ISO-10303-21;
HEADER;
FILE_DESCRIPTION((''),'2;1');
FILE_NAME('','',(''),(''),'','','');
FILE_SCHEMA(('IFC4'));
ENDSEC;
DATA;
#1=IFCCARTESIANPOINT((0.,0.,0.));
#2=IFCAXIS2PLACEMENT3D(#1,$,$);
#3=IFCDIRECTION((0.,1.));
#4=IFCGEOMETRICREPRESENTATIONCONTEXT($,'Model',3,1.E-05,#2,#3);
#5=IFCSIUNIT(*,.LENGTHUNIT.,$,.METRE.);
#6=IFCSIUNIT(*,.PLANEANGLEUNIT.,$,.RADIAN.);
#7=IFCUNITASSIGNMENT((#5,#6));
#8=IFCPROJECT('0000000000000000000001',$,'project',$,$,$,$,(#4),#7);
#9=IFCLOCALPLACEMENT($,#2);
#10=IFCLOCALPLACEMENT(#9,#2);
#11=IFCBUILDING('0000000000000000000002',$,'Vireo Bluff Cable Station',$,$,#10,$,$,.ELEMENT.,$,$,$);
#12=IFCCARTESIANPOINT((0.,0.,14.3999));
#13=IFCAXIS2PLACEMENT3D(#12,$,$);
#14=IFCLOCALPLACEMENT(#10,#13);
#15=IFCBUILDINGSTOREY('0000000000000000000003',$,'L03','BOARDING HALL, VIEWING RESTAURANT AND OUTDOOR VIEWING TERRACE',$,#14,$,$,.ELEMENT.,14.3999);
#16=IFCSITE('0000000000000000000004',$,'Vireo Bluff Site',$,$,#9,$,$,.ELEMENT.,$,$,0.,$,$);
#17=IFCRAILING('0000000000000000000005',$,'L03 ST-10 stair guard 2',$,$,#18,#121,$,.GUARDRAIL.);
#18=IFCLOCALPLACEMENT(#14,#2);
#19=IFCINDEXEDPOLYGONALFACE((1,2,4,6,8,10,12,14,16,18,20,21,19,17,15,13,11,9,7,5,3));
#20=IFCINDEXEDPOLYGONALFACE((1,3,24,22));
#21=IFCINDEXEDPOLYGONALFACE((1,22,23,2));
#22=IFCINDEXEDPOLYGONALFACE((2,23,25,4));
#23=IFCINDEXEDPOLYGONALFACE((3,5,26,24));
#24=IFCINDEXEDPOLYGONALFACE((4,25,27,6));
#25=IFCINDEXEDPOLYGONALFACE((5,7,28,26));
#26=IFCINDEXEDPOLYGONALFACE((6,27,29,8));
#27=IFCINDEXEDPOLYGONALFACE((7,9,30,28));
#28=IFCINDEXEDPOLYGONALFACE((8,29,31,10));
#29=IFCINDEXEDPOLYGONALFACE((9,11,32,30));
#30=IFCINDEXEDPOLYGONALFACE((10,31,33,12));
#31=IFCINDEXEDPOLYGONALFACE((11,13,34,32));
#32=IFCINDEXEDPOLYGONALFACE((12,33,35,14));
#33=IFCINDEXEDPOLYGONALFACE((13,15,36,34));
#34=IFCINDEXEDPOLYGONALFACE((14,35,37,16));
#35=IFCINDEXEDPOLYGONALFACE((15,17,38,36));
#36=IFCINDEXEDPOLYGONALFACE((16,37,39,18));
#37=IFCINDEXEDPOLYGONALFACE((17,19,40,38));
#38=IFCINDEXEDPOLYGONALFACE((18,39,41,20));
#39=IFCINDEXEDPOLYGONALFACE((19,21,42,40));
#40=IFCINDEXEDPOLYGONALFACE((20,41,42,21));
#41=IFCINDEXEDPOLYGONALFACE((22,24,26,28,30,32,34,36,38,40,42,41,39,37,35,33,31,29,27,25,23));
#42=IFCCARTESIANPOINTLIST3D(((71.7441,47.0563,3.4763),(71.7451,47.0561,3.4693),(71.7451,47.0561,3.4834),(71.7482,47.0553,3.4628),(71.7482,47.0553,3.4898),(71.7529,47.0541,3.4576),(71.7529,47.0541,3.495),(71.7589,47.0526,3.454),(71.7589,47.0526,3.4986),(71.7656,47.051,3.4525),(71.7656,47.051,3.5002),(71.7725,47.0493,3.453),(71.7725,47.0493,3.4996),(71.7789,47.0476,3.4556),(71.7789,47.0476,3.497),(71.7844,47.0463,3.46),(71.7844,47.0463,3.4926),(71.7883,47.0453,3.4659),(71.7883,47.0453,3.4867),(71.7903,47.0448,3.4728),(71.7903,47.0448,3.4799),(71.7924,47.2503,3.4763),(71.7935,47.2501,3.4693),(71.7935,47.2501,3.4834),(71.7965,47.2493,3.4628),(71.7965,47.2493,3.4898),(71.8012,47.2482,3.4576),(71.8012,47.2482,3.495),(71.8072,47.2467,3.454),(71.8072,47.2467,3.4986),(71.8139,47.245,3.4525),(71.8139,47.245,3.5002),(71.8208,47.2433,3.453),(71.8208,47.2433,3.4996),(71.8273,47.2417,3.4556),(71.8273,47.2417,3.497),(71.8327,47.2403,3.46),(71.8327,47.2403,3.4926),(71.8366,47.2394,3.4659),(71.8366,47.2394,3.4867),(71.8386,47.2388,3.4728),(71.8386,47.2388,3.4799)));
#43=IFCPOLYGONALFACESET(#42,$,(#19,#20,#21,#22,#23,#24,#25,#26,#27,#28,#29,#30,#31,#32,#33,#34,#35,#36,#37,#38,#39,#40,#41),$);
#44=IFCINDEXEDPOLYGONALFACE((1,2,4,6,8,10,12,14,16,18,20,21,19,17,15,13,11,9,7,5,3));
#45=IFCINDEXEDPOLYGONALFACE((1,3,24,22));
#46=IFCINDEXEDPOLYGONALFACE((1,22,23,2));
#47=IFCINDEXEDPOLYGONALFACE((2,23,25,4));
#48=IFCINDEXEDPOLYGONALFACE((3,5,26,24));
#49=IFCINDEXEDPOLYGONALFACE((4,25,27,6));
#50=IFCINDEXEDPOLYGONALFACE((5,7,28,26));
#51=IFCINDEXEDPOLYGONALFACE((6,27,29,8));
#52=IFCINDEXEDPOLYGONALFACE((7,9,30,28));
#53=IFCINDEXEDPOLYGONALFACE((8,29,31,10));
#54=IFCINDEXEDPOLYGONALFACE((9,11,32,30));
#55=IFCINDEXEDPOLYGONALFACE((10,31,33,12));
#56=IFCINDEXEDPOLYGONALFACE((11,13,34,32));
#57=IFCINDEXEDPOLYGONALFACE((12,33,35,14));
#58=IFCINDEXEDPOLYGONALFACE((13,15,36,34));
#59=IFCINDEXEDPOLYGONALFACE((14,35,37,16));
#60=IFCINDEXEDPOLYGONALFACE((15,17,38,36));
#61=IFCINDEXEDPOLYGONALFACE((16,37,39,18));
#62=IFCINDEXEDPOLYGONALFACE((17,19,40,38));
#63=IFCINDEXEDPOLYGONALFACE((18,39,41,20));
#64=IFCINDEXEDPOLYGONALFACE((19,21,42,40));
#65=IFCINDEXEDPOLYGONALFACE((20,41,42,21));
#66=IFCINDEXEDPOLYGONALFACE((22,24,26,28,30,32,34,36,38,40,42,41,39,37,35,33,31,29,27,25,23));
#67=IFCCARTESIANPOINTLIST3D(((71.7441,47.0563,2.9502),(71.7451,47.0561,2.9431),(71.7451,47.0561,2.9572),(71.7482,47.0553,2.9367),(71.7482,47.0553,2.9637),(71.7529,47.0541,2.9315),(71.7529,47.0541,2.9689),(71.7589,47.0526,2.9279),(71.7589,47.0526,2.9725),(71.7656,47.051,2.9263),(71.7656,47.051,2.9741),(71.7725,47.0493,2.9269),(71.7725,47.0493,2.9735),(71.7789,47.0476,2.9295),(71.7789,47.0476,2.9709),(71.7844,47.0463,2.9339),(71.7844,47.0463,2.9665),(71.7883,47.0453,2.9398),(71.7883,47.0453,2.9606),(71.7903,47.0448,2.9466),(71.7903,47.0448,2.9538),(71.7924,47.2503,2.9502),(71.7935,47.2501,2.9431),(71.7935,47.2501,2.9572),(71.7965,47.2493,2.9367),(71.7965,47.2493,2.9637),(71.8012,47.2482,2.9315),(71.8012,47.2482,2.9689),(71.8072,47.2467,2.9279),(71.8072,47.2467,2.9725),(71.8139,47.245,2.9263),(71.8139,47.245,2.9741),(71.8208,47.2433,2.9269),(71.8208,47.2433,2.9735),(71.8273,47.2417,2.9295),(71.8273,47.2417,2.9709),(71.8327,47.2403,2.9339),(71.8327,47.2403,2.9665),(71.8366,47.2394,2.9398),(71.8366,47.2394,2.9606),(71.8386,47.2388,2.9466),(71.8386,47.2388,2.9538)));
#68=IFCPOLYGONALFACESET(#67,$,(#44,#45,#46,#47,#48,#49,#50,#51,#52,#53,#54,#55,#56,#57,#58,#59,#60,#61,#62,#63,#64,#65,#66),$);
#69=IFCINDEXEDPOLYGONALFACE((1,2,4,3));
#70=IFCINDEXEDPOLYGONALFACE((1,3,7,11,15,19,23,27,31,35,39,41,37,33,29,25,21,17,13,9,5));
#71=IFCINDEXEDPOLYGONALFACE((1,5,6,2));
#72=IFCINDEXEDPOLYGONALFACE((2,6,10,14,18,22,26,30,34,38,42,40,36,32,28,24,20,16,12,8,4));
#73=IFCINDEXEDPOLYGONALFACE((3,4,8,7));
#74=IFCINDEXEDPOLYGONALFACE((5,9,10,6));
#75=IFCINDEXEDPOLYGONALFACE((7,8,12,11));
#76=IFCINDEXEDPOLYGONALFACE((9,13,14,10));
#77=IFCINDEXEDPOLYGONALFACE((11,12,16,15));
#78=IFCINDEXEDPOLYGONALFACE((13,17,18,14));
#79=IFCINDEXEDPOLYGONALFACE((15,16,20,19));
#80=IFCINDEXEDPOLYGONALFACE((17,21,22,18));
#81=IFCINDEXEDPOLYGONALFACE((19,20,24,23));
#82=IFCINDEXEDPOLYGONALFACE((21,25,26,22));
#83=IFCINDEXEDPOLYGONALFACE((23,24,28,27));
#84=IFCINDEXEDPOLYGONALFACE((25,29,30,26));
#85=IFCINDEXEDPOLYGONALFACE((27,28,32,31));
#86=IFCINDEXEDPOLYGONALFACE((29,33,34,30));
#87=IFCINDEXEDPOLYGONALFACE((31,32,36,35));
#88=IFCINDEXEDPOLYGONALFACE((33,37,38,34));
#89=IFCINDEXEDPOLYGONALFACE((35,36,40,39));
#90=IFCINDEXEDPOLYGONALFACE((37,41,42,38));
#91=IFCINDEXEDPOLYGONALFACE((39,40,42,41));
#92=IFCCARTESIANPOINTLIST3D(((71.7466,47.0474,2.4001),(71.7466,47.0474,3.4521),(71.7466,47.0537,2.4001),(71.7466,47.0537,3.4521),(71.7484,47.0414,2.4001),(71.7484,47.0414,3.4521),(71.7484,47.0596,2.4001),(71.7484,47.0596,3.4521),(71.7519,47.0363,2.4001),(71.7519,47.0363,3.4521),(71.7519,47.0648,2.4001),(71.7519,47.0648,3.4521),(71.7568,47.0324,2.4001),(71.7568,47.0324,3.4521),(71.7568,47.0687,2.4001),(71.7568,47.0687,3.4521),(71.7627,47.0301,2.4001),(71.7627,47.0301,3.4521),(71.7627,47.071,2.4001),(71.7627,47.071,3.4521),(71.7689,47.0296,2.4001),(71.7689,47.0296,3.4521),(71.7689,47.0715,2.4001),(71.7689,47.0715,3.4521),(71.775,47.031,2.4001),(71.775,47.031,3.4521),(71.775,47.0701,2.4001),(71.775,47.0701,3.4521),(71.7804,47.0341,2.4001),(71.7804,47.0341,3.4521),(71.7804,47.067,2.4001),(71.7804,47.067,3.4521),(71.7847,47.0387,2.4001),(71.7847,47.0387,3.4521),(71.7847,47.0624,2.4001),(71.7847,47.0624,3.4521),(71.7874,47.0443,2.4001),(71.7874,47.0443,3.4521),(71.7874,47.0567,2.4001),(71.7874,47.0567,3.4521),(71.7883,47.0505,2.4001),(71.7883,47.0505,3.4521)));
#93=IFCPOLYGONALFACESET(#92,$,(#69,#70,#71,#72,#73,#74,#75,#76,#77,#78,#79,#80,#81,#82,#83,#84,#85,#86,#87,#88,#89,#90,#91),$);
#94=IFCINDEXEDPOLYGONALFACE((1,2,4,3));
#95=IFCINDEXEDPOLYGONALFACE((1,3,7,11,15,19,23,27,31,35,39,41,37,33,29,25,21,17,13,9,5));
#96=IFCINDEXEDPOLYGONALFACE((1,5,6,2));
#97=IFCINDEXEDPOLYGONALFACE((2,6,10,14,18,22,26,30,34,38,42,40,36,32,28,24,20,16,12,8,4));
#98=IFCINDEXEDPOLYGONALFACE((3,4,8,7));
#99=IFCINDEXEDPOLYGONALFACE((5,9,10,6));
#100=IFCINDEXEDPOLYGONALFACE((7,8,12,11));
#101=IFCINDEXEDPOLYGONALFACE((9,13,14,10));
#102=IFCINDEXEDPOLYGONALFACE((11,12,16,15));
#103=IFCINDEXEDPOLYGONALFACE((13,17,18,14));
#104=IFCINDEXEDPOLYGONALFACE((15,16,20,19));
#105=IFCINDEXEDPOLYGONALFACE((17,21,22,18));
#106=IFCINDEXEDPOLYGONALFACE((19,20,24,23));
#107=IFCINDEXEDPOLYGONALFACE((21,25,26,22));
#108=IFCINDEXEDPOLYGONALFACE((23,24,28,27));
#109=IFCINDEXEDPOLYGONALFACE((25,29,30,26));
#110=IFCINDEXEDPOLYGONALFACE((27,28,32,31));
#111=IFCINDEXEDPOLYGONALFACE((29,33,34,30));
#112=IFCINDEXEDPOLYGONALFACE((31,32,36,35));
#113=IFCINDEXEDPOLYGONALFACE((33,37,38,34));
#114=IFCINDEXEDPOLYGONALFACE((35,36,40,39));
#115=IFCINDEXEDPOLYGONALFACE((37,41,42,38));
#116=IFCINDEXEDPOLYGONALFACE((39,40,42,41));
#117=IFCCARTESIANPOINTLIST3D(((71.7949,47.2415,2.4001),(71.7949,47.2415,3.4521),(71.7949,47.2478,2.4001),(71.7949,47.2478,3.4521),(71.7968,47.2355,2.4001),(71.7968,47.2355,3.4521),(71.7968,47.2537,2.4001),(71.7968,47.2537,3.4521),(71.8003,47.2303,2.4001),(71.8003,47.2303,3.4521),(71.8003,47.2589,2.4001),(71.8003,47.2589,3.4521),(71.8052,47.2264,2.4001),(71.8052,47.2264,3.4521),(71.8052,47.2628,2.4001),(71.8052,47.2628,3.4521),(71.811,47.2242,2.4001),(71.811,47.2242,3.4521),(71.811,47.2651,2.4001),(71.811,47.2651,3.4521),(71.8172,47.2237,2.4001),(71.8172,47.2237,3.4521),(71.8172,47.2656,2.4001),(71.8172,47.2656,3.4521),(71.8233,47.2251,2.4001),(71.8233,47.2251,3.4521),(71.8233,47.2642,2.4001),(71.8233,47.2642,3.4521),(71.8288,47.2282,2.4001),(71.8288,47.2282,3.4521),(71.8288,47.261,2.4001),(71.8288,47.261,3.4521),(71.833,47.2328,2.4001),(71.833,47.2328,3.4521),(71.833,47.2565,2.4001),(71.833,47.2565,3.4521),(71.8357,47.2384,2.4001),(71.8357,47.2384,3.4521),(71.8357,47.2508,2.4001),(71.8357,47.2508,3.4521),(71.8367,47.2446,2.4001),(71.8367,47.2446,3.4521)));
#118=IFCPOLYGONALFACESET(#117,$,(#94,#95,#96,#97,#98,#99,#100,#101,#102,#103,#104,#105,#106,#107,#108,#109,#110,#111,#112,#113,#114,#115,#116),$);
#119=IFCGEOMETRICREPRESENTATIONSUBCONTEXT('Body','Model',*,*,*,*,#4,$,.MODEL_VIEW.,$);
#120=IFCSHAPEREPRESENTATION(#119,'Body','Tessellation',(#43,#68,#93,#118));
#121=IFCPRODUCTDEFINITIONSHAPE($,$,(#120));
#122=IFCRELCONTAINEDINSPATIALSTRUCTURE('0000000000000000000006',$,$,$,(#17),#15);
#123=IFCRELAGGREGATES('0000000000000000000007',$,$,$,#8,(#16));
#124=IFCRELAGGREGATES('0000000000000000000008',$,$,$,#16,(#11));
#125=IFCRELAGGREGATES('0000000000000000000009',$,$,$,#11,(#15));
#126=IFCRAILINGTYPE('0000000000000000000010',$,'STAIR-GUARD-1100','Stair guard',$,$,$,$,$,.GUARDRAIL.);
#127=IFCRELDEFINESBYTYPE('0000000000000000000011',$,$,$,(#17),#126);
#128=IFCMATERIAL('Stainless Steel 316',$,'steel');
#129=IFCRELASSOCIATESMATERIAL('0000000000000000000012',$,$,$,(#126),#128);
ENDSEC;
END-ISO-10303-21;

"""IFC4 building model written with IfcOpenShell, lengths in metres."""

from ifc_helpers import new_model, si_unit, direction, frame, origin, origin_2d, place, context, subcontext, project, spatial, circle, extrude, material, type_object, element, save


model = new_model("IFC4")

# Units and contexts
model_context = context("Model", 3, precision=1e-05, world=origin(), true_north=direction((0.0, 1.0)))
body_context = subcontext(model_context, "Body", "Model", "MODEL_VIEW")
ifc_project = project(units=[si_unit("LENGTHUNIT", "METRE"), si_unit("PLANEANGLEUNIT", "RADIAN")], contexts=[model_context])

# Site, building, storey
site_placement = place(None, origin())
site = spatial("IfcSite", under=ifc_project, at=site_placement, Name="Vireo Bluff Site", CompositionType="ELEMENT", RefElevation=0.0)
building_placement = place(site_placement, origin())
building = spatial("IfcBuilding", under=site, at=building_placement, Name="Vireo Bluff Cable Station", CompositionType="ELEMENT")
storey_placement = place(building_placement, frame((0.0, 0.0, 14.3999)))
storey = spatial("IfcBuildingStorey", under=building, at=storey_placement, Name="L03", Description="BOARDING HALL, VIEWING RESTAURANT AND OUTDOOR VIEWING TERRACE", CompositionType="ELEMENT", Elevation=14.3999)

# Railing
ifc_material_1 = material(Name="Stainless Steel 316", Category="steel")
railing_type_1 = type_object("IfcRailingType", Name="STAIR-GUARD-1100", Description="Stair guard", PredefinedType="GUARDRAIL", material=ifc_material_1)
railing_1_placement = place(storey_placement, frame((71.7673, 47.0505, 2.4001)))
element("IfcRailing", 1, at=railing_1_placement, inside=storey, type_object=railing_type_1, Name="L03 ST-10 stair guard 2", PredefinedType="GUARDRAIL", context=body_context, shape_type="SweptSolid", body=[
    extrude(circle(Radius=0.0239, at=origin_2d()), frame((0.0, 0.0, 1.0762), z_axis=(0.241674, 0.970358, 0.0), x_axis=(-0.970358, 0.241674, 0.0)), (0.0, 0.0, 1.0), 0.2),
    extrude(circle(Radius=0.0239, at=origin_2d()), frame((0.0, 0.0, 0.55), z_axis=(0.241674, 0.970358, 0.0), x_axis=(-0.970358, 0.241674, 0.0)), (0.0, 0.0, 1.0), 0.2),
    extrude(circle(Radius=0.021, at=origin_2d()), origin(), (0.0, 0.0, 1.0), 1.052),
    extrude(circle(Radius=0.021, at=origin_2d()), frame((0.0483, 0.1941, 0.0)), (0.0, 0.0, 1.0), 1.052),
])

save(model, "model.ifc")
